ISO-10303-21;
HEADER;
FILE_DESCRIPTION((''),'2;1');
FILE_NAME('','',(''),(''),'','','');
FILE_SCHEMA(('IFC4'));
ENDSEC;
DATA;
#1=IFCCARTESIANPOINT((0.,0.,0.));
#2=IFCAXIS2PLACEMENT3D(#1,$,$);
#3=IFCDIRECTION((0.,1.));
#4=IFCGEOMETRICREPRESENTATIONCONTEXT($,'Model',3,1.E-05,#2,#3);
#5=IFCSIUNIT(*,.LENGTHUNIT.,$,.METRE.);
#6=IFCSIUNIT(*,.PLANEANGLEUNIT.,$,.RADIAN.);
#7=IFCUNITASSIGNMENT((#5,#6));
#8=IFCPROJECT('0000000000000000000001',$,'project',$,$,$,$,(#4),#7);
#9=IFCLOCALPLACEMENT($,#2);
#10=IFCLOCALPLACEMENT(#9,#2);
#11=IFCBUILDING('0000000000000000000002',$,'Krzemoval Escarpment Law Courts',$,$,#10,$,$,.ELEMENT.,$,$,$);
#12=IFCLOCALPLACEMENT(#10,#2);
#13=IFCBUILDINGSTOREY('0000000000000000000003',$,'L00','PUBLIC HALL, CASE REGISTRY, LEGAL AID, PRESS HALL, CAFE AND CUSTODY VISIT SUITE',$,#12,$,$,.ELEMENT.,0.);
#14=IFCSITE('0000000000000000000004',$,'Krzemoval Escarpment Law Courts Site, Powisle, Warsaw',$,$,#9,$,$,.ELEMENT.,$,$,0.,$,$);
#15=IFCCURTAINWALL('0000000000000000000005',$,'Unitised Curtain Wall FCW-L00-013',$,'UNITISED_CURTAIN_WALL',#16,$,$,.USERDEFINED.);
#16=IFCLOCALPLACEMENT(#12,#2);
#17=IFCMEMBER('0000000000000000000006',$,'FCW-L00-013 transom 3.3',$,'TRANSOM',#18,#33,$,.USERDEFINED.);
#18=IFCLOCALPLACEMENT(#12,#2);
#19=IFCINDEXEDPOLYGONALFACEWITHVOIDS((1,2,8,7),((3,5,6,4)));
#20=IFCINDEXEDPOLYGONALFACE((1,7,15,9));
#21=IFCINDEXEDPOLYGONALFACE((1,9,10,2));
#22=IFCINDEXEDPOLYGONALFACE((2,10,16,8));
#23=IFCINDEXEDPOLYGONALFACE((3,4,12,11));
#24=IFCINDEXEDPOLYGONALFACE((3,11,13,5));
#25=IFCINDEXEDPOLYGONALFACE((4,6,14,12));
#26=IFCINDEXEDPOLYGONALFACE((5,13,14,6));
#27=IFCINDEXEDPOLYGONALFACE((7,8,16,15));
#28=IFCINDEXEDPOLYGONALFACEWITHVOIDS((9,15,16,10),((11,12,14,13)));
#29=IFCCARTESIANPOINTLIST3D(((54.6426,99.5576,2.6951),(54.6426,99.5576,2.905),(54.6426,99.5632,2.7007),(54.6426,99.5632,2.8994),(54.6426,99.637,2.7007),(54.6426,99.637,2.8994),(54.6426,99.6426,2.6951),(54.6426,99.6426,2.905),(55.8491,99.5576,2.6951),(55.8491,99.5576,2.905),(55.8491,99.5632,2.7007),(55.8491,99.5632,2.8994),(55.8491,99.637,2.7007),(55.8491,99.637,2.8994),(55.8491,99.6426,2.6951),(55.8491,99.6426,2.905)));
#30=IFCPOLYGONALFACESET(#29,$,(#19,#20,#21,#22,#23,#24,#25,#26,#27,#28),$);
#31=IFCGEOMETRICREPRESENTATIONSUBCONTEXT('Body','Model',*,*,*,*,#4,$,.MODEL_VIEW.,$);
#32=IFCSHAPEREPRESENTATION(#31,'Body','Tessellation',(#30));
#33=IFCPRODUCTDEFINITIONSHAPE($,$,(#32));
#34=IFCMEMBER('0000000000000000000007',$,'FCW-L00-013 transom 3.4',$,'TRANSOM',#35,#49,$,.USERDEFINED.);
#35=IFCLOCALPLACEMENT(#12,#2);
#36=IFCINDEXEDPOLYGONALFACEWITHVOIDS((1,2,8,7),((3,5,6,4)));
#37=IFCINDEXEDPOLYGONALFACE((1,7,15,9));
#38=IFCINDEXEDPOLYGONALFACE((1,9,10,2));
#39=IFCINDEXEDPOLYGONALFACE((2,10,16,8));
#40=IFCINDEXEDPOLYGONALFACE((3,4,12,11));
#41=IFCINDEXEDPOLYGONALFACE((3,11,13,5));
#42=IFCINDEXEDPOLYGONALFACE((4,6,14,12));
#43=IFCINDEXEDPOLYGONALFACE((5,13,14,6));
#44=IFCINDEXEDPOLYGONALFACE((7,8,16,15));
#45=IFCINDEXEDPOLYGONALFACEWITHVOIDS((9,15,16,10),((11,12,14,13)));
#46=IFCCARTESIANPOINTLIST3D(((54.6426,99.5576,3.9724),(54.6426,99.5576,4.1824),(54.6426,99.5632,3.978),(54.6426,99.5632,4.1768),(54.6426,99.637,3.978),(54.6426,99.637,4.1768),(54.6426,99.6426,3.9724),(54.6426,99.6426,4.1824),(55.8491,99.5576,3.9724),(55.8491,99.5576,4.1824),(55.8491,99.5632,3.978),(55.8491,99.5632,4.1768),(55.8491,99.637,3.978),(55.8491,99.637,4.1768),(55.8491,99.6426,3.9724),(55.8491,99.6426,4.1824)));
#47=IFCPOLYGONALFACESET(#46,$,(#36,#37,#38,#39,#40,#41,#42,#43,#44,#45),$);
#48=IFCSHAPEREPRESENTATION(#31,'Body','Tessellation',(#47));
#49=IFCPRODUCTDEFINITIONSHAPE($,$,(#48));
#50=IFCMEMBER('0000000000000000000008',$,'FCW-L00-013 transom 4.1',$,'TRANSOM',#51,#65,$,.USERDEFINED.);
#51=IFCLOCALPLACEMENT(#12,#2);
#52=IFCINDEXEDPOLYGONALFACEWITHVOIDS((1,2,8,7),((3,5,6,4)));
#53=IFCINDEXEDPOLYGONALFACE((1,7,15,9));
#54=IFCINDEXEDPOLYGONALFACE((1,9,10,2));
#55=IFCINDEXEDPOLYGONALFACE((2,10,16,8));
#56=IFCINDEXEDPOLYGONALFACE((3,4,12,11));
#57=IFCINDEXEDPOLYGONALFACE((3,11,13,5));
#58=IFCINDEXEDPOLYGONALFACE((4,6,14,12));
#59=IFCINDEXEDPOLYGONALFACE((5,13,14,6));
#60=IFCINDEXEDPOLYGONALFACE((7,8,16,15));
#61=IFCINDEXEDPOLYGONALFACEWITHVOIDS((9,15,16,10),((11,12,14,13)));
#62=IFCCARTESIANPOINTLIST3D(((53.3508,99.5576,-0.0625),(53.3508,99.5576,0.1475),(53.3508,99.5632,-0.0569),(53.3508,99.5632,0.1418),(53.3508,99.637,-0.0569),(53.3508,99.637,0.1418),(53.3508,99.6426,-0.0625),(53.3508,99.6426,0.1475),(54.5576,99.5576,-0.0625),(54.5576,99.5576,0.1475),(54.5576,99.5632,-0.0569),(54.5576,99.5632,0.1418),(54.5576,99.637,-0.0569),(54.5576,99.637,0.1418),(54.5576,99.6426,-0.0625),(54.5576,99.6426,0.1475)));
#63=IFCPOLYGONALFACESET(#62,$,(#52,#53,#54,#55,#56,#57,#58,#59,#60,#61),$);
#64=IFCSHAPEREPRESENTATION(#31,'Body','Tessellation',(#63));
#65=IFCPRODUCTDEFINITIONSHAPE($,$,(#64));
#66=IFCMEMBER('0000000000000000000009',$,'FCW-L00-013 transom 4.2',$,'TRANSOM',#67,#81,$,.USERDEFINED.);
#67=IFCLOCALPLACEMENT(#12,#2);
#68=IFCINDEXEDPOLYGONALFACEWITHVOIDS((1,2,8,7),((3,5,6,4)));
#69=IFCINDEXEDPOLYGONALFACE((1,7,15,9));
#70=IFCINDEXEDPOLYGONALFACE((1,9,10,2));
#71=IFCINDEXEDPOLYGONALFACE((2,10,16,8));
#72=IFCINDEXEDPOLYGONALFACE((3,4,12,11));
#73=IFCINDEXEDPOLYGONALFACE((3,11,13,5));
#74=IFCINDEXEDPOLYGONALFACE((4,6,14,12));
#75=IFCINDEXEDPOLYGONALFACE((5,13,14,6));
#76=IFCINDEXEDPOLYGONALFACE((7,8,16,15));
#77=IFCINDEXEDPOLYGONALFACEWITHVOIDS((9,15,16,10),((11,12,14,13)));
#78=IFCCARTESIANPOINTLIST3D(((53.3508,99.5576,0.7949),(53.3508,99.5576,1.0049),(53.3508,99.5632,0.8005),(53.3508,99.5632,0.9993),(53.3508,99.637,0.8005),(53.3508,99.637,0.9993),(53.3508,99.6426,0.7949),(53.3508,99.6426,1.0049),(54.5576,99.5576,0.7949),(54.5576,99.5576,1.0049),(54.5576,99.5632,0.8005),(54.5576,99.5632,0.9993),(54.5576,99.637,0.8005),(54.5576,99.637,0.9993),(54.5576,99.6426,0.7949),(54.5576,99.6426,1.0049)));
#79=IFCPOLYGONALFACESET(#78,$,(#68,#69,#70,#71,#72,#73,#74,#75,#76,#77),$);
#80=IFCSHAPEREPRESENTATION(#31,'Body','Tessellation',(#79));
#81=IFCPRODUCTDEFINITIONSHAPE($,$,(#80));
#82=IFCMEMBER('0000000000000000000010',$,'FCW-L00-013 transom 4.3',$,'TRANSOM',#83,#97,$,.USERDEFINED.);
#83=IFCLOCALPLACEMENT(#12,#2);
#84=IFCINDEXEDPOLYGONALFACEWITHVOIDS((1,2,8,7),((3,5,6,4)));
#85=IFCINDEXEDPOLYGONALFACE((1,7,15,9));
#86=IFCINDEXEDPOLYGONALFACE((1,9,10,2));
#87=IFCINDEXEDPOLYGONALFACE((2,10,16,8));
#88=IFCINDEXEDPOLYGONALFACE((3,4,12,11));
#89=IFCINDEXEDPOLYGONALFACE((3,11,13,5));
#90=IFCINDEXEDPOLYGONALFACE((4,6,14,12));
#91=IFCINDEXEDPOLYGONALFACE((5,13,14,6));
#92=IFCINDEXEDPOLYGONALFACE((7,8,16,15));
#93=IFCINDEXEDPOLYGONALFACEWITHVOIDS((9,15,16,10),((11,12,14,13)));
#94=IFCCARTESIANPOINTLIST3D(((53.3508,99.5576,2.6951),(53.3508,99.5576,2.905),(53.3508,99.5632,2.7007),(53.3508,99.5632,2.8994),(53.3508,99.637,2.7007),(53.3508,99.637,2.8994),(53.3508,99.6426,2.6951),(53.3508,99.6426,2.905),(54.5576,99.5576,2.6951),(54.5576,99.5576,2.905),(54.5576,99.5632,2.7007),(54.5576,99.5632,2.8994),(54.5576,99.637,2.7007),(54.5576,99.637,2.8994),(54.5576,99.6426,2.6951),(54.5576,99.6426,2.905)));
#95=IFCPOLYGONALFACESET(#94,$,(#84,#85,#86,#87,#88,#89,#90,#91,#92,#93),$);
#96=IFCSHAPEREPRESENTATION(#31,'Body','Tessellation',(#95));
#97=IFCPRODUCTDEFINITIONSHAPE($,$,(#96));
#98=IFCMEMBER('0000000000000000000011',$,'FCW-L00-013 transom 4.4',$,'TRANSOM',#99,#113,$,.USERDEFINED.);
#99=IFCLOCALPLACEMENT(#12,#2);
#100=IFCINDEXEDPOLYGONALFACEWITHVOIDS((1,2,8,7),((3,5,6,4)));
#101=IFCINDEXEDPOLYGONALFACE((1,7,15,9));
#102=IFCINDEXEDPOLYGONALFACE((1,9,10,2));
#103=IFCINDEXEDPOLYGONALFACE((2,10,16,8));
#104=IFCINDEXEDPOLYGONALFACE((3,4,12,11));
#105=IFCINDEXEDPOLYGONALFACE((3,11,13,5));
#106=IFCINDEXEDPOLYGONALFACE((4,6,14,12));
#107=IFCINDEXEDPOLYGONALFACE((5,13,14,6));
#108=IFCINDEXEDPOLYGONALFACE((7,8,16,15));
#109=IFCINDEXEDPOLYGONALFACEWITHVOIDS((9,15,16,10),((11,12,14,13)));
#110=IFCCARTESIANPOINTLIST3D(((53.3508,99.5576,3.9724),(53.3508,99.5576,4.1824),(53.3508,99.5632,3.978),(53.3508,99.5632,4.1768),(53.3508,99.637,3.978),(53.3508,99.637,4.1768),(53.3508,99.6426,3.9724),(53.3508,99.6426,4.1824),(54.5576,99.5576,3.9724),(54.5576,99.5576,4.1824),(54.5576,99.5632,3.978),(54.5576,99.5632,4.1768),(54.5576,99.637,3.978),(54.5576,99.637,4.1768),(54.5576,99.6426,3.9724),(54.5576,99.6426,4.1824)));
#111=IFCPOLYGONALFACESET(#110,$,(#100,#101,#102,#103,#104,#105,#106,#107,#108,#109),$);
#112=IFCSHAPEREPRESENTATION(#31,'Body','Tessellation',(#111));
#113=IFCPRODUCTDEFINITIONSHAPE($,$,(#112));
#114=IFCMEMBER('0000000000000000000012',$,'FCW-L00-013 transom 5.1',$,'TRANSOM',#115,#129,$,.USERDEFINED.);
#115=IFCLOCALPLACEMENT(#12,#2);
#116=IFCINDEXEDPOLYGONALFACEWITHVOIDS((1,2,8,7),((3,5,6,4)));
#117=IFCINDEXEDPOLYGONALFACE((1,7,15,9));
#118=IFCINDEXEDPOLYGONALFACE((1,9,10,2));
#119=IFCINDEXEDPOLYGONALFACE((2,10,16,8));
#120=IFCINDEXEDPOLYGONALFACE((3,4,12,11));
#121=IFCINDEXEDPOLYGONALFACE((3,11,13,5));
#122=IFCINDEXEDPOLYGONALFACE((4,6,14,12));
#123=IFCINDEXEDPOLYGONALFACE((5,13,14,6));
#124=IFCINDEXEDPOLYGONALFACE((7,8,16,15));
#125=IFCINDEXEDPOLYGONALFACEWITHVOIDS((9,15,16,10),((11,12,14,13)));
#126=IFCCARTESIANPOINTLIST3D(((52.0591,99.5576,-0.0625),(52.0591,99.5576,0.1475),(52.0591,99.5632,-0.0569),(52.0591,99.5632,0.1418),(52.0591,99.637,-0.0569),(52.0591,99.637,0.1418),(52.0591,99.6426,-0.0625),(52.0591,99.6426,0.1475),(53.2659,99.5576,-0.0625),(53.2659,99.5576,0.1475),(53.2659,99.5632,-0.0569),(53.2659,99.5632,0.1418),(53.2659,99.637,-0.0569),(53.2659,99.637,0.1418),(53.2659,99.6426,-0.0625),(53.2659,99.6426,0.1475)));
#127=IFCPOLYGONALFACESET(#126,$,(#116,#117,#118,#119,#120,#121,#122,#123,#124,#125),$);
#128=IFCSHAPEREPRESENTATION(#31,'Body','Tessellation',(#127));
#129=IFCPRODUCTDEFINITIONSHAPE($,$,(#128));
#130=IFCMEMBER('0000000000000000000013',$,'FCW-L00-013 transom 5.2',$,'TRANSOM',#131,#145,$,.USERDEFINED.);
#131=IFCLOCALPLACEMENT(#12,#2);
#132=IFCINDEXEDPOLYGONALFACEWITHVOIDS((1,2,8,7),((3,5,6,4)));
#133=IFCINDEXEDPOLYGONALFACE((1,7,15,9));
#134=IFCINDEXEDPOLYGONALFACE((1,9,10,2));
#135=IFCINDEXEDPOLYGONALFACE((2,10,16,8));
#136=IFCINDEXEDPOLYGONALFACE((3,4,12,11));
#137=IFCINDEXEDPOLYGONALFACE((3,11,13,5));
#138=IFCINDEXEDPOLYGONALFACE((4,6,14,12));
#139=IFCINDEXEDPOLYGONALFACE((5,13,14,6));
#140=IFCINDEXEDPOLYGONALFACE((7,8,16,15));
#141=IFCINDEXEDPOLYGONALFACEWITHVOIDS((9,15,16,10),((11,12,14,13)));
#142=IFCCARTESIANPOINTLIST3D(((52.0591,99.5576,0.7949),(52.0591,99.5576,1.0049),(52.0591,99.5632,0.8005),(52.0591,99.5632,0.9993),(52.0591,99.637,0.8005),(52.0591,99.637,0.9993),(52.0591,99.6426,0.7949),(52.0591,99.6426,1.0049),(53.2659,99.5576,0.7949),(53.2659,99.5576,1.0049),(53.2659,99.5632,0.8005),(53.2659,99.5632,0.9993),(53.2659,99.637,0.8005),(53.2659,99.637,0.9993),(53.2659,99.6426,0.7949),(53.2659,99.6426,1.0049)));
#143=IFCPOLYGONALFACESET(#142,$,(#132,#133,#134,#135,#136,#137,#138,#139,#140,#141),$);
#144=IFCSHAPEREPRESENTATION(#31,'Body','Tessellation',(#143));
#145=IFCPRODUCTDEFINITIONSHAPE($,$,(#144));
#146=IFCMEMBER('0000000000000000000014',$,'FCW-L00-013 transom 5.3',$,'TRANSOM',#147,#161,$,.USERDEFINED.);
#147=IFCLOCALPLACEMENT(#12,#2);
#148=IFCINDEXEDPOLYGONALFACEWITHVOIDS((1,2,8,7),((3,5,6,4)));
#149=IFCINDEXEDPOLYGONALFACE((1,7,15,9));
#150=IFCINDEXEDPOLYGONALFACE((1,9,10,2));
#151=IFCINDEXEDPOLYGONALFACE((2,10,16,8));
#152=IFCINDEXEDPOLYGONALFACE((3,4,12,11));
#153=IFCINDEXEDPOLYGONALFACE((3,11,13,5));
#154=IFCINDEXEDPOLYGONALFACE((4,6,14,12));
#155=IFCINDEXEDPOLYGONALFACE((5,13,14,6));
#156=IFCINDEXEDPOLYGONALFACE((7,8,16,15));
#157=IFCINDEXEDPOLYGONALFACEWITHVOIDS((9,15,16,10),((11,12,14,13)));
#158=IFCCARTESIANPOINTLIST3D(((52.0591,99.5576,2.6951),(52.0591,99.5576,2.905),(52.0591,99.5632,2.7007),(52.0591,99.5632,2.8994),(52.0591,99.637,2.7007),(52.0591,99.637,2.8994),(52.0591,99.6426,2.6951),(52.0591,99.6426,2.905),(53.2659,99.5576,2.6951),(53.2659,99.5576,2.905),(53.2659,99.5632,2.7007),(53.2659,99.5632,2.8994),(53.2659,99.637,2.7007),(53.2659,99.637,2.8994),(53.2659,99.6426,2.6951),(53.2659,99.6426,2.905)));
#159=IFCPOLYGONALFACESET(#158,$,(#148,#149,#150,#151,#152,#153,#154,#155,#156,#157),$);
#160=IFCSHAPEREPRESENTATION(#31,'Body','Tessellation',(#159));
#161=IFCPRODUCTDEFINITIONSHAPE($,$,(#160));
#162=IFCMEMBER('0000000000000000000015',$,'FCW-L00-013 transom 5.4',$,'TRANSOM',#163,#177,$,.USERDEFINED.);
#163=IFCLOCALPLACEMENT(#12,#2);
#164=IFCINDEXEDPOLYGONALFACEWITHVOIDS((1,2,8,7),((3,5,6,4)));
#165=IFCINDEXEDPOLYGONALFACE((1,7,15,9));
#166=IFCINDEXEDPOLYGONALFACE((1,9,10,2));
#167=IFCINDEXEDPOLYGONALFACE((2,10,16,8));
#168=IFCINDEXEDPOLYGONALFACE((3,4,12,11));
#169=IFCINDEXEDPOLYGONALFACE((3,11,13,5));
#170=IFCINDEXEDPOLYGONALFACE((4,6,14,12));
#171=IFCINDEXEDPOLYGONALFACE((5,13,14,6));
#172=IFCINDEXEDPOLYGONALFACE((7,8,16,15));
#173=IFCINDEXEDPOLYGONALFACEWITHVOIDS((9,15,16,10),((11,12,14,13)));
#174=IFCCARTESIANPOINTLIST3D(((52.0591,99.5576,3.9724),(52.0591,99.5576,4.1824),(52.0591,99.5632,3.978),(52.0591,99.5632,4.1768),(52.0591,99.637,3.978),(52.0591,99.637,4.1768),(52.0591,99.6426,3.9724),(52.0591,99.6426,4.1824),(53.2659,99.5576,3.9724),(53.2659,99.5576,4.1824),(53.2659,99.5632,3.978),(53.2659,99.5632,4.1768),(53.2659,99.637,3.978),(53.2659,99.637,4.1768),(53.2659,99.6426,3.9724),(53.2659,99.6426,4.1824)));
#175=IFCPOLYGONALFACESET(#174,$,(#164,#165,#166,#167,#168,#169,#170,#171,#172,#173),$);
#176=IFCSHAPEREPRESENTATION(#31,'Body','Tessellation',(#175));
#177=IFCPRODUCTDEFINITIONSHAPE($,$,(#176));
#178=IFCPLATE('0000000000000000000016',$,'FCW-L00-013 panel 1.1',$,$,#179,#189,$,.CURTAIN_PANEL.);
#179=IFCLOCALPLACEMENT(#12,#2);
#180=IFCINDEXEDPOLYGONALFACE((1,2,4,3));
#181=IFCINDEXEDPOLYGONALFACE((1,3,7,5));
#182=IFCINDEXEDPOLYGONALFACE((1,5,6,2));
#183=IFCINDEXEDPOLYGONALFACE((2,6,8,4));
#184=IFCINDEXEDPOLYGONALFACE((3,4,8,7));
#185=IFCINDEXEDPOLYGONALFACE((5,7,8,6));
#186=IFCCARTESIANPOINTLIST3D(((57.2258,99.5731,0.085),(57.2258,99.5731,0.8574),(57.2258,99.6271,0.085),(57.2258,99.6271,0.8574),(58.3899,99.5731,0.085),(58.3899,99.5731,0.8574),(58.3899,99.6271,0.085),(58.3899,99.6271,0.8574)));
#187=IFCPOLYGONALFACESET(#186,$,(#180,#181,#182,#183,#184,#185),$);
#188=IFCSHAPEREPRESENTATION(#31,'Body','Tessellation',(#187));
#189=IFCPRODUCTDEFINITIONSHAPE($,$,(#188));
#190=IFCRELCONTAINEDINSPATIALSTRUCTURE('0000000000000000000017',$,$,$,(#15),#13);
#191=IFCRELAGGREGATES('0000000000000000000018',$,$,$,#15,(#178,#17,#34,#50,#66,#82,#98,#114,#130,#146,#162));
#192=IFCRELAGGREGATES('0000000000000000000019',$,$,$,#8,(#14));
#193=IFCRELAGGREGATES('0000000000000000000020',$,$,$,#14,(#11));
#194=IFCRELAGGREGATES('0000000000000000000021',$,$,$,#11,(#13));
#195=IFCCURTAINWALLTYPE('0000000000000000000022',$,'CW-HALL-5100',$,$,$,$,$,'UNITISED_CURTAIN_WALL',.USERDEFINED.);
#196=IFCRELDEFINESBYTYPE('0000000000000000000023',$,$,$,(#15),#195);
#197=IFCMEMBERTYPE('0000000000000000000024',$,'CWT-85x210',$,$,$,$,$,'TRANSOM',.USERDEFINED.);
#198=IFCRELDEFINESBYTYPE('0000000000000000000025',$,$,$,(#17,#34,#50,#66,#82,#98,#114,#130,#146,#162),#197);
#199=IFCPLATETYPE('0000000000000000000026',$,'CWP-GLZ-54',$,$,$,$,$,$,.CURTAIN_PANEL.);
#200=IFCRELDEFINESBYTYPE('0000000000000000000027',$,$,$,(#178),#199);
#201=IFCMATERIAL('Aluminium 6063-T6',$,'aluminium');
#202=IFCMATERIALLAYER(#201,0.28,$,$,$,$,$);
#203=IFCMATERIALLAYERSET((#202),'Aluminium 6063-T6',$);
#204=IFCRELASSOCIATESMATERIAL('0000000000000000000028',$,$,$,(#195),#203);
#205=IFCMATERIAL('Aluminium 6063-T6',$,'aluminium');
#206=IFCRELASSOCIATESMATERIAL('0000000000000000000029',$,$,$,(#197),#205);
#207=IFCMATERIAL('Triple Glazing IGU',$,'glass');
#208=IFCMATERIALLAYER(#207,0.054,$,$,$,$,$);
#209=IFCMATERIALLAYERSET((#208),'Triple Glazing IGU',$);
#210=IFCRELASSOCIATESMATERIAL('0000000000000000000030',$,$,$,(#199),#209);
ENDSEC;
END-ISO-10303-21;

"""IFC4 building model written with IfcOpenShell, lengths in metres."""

from ifc_helpers import new_model, si_unit, direction, frame, origin, origin_2d, place, context, subcontext, project, spatial, rectangle, hollow_rectangle, extrude, material, layer, layer_set, material_profile, profile_set, type_object, element, aggregate, save


model = new_model("IFC4")

# Units and contexts
model_context = context("Model", 3, precision=1e-05, world=origin(), true_north=direction((0.0, 1.0)))
body_context = subcontext(model_context, "Body", "Model", "MODEL_VIEW")
ifc_project = project(units=[si_unit("LENGTHUNIT", "METRE"), si_unit("PLANEANGLEUNIT", "RADIAN")], contexts=[model_context])

# Site, building, storey
site_placement = place(None, origin())
site = spatial("IfcSite", under=ifc_project, at=site_placement, Name="Krzemoval Escarpment Law Courts Site, Powisle, Warsaw", CompositionType="ELEMENT", RefElevation=0.0)
building_placement = place(site_placement, origin())
building = spatial("IfcBuilding", under=site, at=building_placement, Name="Krzemoval Escarpment Law Courts", CompositionType="ELEMENT")
storey_placement = place(building_placement, origin())
storey = spatial("IfcBuildingStorey", under=building, at=storey_placement, Name="L00", Description="PUBLIC HALL, CASE REGISTRY, LEGAL AID, PRESS HALL, CAFE AND CUSTODY VISIT SUITE", CompositionType="ELEMENT", Elevation=0.0)

# Curtain wall, members, plate
ifc_material_1 = material(Name="Aluminium 6063-T6", Category="aluminium")
ifc_layer_1 = layer(ifc_material_1, 0.28)
ifc_layer_set_1 = layer_set([ifc_layer_1], Name="Aluminium 6063-T6")
curtain_wall_type = type_object("IfcCurtainWallType", Name="CW-HALL-5100", ElementType="UNITISED_CURTAIN_WALL", PredefinedType="USERDEFINED", material=ifc_layer_set_1)
curtain_wall_placement = place(storey_placement, origin())
curtain_wall = element("IfcCurtainWall", 1, at=curtain_wall_placement, inside=storey, type_object=curtain_wall_type, Name="Unitised Curtain Wall FCW-L00-013", ObjectType="UNITISED_CURTAIN_WALL", PredefinedType="USERDEFINED")
ifc_material_2 = material(Name="Aluminium 6063-T6", Category="aluminium")
ifc_material_profile_1 = material_profile(ifc_material_2, hollow_rectangle(XDim=0.085, YDim=0.21, WallThickness=0.0056, at=origin_2d()), Name="ALU T85x210")
ifc_profile_set_1 = profile_set([ifc_material_profile_1], Name="Aluminium 6063-T6")
member_type_1 = type_object("IfcMemberType", Name="CWT-85x210", ElementType="TRANSOM", PredefinedType="USERDEFINED", material=ifc_profile_set_1)
member_1_placement = place(storey_placement, frame((55.8491, 99.6001, 2.8), z_axis=(-1.0, 0.0, 0.0), x_axis=(0.0, -1.0, 0.0)))
member_1 = element("IfcMember", 2, at=member_1_placement, type_object=member_type_1, Name="FCW-L00-013 transom 3.3", ObjectType="TRANSOM", PredefinedType="USERDEFINED", context=body_context, shape_type="SweptSolid", body=[
    extrude(hollow_rectangle(XDim=0.085, YDim=0.21, WallThickness=0.0056, at=origin_2d()), origin(), (0.0, 0.0, 1.0), 1.2065),
])
member_2_placement = place(storey_placement, frame((55.8491, 99.6001, 4.0774), z_axis=(-1.0, 0.0, 0.0), x_axis=(0.0, -1.0, 0.0)))
member_2 = element("IfcMember", 3, at=member_2_placement, type_object=member_type_1, Name="FCW-L00-013 transom 3.4", ObjectType="TRANSOM", PredefinedType="USERDEFINED", context=body_context, shape_type="SweptSolid", body=[
    extrude(hollow_rectangle(XDim=0.085, YDim=0.21, WallThickness=0.0056, at=origin_2d()), origin(), (0.0, 0.0, 1.0), 1.2065),
])
member_3_placement = place(storey_placement, frame((54.5576, 99.6001, 0.0425), z_axis=(-1.0, 0.0, 0.0), x_axis=(0.0, -1.0, 0.0)))
member_3 = element("IfcMember", 4, at=member_3_placement, type_object=member_type_1, Name="FCW-L00-013 transom 4.1", ObjectType="TRANSOM", PredefinedType="USERDEFINED", context=body_context, shape_type="SweptSolid", body=[
    extrude(hollow_rectangle(XDim=0.085, YDim=0.21, WallThickness=0.0056, at=origin_2d()), origin(), (0.0, 0.0, 1.0), 1.2068),
])
member_4_placement = place(storey_placement, frame((54.5576, 99.6001, 0.8999), z_axis=(-1.0, 0.0, 0.0), x_axis=(0.0, -1.0, 0.0)))
member_4 = element("IfcMember", 5, at=member_4_placement, type_object=member_type_1, Name="FCW-L00-013 transom 4.2", ObjectType="TRANSOM", PredefinedType="USERDEFINED", context=body_context, shape_type="SweptSolid", body=[
    extrude(hollow_rectangle(XDim=0.085, YDim=0.21, WallThickness=0.0056, at=origin_2d()), origin(), (0.0, 0.0, 1.0), 1.2068),
])
member_5_placement = place(storey_placement, frame((54.5576, 99.6001, 2.8), z_axis=(-1.0, 0.0, 0.0), x_axis=(0.0, -1.0, 0.0)))
member_5 = element("IfcMember", 6, at=member_5_placement, type_object=member_type_1, Name="FCW-L00-013 transom 4.3", ObjectType="TRANSOM", PredefinedType="USERDEFINED", context=body_context, shape_type="SweptSolid", body=[
    extrude(hollow_rectangle(XDim=0.085, YDim=0.21, WallThickness=0.0056, at=origin_2d()), origin(), (0.0, 0.0, 1.0), 1.2068),
])
member_6_placement = place(storey_placement, frame((54.5576, 99.6001, 4.0774), z_axis=(-1.0, 0.0, 0.0), x_axis=(0.0, -1.0, 0.0)))
member_6 = element("IfcMember", 7, at=member_6_placement, type_object=member_type_1, Name="FCW-L00-013 transom 4.4", ObjectType="TRANSOM", PredefinedType="USERDEFINED", context=body_context, shape_type="SweptSolid", body=[
    extrude(hollow_rectangle(XDim=0.085, YDim=0.21, WallThickness=0.0056, at=origin_2d()), origin(), (0.0, 0.0, 1.0), 1.2068),
])
member_7_placement = place(storey_placement, frame((53.2659, 99.6001, 0.0425), z_axis=(-1.0, 0.0, 0.0), x_axis=(0.0, -1.0, 0.0)))
member_7 = element("IfcMember", 8, at=member_7_placement, type_object=member_type_1, Name="FCW-L00-013 transom 5.1", ObjectType="TRANSOM", PredefinedType="USERDEFINED", context=body_context, shape_type="SweptSolid", body=[
    extrude(hollow_rectangle(XDim=0.085, YDim=0.21, WallThickness=0.0056, at=origin_2d()), origin(), (0.0, 0.0, 1.0), 1.2068),
])
member_8_placement = place(storey_placement, frame((53.2659, 99.6001, 0.8999), z_axis=(-1.0, 0.0, 0.0), x_axis=(0.0, -1.0, 0.0)))
member_8 = element("IfcMember", 9, at=member_8_placement, type_object=member_type_1, Name="FCW-L00-013 transom 5.2", ObjectType="TRANSOM", PredefinedType="USERDEFINED", context=body_context, shape_type="SweptSolid", body=[
    extrude(hollow_rectangle(XDim=0.085, YDim=0.21, WallThickness=0.0056, at=origin_2d()), origin(), (0.0, 0.0, 1.0), 1.2068),
])
member_9_placement = place(storey_placement, frame((53.2659, 99.6001, 2.8), z_axis=(-1.0, 0.0, 0.0), x_axis=(0.0, -1.0, 0.0)))
member_9 = element("IfcMember", 10, at=member_9_placement, type_object=member_type_1, Name="FCW-L00-013 transom 5.3", ObjectType="TRANSOM", PredefinedType="USERDEFINED", context=body_context, shape_type="SweptSolid", body=[
    extrude(hollow_rectangle(XDim=0.085, YDim=0.21, WallThickness=0.0056, at=origin_2d()), origin(), (0.0, 0.0, 1.0), 1.2068),
])
member_10_placement = place(storey_placement, frame((53.2659, 99.6001, 4.0774), z_axis=(-1.0, 0.0, 0.0), x_axis=(0.0, -1.0, 0.0)))
member_10 = element("IfcMember", 11, at=member_10_placement, type_object=member_type_1, Name="FCW-L00-013 transom 5.4", ObjectType="TRANSOM", PredefinedType="USERDEFINED", context=body_context, shape_type="SweptSolid", body=[
    extrude(hollow_rectangle(XDim=0.085, YDim=0.21, WallThickness=0.0056, at=origin_2d()), origin(), (0.0, 0.0, 1.0), 1.2068),
])
ifc_material_3 = material(Name="Triple Glazing IGU", Category="glass")
ifc_layer_2 = layer(ifc_material_3, 0.054)
ifc_layer_set_2 = layer_set([ifc_layer_2], Name="Triple Glazing IGU")
plate_type = type_object("IfcPlateType", Name="CWP-GLZ-54", PredefinedType="CURTAIN_PANEL", material=ifc_layer_set_2)
plate_1_placement = place(storey_placement, frame((57.8079, 99.6001, 0.085), z_axis=(0.0, 0.0, 1.0), x_axis=(-1.0, 0.0, 0.0)))
plate_1 = element("IfcPlate", 12, at=plate_1_placement, type_object=plate_type, Name="FCW-L00-013 panel 1.1", PredefinedType="CURTAIN_PANEL", context=body_context, shape_type="SweptSolid", body=[
    extrude(rectangle(XDim=1.1641, YDim=0.054, at=origin_2d()), origin(), (0.0, 0.0, 1.0), 0.7725),
])
aggregate(curtain_wall, [plate_1, member_1, member_2, member_3, member_4, member_5, member_6, member_7, member_8, member_9, member_10])

save(model, "model.ifc")
